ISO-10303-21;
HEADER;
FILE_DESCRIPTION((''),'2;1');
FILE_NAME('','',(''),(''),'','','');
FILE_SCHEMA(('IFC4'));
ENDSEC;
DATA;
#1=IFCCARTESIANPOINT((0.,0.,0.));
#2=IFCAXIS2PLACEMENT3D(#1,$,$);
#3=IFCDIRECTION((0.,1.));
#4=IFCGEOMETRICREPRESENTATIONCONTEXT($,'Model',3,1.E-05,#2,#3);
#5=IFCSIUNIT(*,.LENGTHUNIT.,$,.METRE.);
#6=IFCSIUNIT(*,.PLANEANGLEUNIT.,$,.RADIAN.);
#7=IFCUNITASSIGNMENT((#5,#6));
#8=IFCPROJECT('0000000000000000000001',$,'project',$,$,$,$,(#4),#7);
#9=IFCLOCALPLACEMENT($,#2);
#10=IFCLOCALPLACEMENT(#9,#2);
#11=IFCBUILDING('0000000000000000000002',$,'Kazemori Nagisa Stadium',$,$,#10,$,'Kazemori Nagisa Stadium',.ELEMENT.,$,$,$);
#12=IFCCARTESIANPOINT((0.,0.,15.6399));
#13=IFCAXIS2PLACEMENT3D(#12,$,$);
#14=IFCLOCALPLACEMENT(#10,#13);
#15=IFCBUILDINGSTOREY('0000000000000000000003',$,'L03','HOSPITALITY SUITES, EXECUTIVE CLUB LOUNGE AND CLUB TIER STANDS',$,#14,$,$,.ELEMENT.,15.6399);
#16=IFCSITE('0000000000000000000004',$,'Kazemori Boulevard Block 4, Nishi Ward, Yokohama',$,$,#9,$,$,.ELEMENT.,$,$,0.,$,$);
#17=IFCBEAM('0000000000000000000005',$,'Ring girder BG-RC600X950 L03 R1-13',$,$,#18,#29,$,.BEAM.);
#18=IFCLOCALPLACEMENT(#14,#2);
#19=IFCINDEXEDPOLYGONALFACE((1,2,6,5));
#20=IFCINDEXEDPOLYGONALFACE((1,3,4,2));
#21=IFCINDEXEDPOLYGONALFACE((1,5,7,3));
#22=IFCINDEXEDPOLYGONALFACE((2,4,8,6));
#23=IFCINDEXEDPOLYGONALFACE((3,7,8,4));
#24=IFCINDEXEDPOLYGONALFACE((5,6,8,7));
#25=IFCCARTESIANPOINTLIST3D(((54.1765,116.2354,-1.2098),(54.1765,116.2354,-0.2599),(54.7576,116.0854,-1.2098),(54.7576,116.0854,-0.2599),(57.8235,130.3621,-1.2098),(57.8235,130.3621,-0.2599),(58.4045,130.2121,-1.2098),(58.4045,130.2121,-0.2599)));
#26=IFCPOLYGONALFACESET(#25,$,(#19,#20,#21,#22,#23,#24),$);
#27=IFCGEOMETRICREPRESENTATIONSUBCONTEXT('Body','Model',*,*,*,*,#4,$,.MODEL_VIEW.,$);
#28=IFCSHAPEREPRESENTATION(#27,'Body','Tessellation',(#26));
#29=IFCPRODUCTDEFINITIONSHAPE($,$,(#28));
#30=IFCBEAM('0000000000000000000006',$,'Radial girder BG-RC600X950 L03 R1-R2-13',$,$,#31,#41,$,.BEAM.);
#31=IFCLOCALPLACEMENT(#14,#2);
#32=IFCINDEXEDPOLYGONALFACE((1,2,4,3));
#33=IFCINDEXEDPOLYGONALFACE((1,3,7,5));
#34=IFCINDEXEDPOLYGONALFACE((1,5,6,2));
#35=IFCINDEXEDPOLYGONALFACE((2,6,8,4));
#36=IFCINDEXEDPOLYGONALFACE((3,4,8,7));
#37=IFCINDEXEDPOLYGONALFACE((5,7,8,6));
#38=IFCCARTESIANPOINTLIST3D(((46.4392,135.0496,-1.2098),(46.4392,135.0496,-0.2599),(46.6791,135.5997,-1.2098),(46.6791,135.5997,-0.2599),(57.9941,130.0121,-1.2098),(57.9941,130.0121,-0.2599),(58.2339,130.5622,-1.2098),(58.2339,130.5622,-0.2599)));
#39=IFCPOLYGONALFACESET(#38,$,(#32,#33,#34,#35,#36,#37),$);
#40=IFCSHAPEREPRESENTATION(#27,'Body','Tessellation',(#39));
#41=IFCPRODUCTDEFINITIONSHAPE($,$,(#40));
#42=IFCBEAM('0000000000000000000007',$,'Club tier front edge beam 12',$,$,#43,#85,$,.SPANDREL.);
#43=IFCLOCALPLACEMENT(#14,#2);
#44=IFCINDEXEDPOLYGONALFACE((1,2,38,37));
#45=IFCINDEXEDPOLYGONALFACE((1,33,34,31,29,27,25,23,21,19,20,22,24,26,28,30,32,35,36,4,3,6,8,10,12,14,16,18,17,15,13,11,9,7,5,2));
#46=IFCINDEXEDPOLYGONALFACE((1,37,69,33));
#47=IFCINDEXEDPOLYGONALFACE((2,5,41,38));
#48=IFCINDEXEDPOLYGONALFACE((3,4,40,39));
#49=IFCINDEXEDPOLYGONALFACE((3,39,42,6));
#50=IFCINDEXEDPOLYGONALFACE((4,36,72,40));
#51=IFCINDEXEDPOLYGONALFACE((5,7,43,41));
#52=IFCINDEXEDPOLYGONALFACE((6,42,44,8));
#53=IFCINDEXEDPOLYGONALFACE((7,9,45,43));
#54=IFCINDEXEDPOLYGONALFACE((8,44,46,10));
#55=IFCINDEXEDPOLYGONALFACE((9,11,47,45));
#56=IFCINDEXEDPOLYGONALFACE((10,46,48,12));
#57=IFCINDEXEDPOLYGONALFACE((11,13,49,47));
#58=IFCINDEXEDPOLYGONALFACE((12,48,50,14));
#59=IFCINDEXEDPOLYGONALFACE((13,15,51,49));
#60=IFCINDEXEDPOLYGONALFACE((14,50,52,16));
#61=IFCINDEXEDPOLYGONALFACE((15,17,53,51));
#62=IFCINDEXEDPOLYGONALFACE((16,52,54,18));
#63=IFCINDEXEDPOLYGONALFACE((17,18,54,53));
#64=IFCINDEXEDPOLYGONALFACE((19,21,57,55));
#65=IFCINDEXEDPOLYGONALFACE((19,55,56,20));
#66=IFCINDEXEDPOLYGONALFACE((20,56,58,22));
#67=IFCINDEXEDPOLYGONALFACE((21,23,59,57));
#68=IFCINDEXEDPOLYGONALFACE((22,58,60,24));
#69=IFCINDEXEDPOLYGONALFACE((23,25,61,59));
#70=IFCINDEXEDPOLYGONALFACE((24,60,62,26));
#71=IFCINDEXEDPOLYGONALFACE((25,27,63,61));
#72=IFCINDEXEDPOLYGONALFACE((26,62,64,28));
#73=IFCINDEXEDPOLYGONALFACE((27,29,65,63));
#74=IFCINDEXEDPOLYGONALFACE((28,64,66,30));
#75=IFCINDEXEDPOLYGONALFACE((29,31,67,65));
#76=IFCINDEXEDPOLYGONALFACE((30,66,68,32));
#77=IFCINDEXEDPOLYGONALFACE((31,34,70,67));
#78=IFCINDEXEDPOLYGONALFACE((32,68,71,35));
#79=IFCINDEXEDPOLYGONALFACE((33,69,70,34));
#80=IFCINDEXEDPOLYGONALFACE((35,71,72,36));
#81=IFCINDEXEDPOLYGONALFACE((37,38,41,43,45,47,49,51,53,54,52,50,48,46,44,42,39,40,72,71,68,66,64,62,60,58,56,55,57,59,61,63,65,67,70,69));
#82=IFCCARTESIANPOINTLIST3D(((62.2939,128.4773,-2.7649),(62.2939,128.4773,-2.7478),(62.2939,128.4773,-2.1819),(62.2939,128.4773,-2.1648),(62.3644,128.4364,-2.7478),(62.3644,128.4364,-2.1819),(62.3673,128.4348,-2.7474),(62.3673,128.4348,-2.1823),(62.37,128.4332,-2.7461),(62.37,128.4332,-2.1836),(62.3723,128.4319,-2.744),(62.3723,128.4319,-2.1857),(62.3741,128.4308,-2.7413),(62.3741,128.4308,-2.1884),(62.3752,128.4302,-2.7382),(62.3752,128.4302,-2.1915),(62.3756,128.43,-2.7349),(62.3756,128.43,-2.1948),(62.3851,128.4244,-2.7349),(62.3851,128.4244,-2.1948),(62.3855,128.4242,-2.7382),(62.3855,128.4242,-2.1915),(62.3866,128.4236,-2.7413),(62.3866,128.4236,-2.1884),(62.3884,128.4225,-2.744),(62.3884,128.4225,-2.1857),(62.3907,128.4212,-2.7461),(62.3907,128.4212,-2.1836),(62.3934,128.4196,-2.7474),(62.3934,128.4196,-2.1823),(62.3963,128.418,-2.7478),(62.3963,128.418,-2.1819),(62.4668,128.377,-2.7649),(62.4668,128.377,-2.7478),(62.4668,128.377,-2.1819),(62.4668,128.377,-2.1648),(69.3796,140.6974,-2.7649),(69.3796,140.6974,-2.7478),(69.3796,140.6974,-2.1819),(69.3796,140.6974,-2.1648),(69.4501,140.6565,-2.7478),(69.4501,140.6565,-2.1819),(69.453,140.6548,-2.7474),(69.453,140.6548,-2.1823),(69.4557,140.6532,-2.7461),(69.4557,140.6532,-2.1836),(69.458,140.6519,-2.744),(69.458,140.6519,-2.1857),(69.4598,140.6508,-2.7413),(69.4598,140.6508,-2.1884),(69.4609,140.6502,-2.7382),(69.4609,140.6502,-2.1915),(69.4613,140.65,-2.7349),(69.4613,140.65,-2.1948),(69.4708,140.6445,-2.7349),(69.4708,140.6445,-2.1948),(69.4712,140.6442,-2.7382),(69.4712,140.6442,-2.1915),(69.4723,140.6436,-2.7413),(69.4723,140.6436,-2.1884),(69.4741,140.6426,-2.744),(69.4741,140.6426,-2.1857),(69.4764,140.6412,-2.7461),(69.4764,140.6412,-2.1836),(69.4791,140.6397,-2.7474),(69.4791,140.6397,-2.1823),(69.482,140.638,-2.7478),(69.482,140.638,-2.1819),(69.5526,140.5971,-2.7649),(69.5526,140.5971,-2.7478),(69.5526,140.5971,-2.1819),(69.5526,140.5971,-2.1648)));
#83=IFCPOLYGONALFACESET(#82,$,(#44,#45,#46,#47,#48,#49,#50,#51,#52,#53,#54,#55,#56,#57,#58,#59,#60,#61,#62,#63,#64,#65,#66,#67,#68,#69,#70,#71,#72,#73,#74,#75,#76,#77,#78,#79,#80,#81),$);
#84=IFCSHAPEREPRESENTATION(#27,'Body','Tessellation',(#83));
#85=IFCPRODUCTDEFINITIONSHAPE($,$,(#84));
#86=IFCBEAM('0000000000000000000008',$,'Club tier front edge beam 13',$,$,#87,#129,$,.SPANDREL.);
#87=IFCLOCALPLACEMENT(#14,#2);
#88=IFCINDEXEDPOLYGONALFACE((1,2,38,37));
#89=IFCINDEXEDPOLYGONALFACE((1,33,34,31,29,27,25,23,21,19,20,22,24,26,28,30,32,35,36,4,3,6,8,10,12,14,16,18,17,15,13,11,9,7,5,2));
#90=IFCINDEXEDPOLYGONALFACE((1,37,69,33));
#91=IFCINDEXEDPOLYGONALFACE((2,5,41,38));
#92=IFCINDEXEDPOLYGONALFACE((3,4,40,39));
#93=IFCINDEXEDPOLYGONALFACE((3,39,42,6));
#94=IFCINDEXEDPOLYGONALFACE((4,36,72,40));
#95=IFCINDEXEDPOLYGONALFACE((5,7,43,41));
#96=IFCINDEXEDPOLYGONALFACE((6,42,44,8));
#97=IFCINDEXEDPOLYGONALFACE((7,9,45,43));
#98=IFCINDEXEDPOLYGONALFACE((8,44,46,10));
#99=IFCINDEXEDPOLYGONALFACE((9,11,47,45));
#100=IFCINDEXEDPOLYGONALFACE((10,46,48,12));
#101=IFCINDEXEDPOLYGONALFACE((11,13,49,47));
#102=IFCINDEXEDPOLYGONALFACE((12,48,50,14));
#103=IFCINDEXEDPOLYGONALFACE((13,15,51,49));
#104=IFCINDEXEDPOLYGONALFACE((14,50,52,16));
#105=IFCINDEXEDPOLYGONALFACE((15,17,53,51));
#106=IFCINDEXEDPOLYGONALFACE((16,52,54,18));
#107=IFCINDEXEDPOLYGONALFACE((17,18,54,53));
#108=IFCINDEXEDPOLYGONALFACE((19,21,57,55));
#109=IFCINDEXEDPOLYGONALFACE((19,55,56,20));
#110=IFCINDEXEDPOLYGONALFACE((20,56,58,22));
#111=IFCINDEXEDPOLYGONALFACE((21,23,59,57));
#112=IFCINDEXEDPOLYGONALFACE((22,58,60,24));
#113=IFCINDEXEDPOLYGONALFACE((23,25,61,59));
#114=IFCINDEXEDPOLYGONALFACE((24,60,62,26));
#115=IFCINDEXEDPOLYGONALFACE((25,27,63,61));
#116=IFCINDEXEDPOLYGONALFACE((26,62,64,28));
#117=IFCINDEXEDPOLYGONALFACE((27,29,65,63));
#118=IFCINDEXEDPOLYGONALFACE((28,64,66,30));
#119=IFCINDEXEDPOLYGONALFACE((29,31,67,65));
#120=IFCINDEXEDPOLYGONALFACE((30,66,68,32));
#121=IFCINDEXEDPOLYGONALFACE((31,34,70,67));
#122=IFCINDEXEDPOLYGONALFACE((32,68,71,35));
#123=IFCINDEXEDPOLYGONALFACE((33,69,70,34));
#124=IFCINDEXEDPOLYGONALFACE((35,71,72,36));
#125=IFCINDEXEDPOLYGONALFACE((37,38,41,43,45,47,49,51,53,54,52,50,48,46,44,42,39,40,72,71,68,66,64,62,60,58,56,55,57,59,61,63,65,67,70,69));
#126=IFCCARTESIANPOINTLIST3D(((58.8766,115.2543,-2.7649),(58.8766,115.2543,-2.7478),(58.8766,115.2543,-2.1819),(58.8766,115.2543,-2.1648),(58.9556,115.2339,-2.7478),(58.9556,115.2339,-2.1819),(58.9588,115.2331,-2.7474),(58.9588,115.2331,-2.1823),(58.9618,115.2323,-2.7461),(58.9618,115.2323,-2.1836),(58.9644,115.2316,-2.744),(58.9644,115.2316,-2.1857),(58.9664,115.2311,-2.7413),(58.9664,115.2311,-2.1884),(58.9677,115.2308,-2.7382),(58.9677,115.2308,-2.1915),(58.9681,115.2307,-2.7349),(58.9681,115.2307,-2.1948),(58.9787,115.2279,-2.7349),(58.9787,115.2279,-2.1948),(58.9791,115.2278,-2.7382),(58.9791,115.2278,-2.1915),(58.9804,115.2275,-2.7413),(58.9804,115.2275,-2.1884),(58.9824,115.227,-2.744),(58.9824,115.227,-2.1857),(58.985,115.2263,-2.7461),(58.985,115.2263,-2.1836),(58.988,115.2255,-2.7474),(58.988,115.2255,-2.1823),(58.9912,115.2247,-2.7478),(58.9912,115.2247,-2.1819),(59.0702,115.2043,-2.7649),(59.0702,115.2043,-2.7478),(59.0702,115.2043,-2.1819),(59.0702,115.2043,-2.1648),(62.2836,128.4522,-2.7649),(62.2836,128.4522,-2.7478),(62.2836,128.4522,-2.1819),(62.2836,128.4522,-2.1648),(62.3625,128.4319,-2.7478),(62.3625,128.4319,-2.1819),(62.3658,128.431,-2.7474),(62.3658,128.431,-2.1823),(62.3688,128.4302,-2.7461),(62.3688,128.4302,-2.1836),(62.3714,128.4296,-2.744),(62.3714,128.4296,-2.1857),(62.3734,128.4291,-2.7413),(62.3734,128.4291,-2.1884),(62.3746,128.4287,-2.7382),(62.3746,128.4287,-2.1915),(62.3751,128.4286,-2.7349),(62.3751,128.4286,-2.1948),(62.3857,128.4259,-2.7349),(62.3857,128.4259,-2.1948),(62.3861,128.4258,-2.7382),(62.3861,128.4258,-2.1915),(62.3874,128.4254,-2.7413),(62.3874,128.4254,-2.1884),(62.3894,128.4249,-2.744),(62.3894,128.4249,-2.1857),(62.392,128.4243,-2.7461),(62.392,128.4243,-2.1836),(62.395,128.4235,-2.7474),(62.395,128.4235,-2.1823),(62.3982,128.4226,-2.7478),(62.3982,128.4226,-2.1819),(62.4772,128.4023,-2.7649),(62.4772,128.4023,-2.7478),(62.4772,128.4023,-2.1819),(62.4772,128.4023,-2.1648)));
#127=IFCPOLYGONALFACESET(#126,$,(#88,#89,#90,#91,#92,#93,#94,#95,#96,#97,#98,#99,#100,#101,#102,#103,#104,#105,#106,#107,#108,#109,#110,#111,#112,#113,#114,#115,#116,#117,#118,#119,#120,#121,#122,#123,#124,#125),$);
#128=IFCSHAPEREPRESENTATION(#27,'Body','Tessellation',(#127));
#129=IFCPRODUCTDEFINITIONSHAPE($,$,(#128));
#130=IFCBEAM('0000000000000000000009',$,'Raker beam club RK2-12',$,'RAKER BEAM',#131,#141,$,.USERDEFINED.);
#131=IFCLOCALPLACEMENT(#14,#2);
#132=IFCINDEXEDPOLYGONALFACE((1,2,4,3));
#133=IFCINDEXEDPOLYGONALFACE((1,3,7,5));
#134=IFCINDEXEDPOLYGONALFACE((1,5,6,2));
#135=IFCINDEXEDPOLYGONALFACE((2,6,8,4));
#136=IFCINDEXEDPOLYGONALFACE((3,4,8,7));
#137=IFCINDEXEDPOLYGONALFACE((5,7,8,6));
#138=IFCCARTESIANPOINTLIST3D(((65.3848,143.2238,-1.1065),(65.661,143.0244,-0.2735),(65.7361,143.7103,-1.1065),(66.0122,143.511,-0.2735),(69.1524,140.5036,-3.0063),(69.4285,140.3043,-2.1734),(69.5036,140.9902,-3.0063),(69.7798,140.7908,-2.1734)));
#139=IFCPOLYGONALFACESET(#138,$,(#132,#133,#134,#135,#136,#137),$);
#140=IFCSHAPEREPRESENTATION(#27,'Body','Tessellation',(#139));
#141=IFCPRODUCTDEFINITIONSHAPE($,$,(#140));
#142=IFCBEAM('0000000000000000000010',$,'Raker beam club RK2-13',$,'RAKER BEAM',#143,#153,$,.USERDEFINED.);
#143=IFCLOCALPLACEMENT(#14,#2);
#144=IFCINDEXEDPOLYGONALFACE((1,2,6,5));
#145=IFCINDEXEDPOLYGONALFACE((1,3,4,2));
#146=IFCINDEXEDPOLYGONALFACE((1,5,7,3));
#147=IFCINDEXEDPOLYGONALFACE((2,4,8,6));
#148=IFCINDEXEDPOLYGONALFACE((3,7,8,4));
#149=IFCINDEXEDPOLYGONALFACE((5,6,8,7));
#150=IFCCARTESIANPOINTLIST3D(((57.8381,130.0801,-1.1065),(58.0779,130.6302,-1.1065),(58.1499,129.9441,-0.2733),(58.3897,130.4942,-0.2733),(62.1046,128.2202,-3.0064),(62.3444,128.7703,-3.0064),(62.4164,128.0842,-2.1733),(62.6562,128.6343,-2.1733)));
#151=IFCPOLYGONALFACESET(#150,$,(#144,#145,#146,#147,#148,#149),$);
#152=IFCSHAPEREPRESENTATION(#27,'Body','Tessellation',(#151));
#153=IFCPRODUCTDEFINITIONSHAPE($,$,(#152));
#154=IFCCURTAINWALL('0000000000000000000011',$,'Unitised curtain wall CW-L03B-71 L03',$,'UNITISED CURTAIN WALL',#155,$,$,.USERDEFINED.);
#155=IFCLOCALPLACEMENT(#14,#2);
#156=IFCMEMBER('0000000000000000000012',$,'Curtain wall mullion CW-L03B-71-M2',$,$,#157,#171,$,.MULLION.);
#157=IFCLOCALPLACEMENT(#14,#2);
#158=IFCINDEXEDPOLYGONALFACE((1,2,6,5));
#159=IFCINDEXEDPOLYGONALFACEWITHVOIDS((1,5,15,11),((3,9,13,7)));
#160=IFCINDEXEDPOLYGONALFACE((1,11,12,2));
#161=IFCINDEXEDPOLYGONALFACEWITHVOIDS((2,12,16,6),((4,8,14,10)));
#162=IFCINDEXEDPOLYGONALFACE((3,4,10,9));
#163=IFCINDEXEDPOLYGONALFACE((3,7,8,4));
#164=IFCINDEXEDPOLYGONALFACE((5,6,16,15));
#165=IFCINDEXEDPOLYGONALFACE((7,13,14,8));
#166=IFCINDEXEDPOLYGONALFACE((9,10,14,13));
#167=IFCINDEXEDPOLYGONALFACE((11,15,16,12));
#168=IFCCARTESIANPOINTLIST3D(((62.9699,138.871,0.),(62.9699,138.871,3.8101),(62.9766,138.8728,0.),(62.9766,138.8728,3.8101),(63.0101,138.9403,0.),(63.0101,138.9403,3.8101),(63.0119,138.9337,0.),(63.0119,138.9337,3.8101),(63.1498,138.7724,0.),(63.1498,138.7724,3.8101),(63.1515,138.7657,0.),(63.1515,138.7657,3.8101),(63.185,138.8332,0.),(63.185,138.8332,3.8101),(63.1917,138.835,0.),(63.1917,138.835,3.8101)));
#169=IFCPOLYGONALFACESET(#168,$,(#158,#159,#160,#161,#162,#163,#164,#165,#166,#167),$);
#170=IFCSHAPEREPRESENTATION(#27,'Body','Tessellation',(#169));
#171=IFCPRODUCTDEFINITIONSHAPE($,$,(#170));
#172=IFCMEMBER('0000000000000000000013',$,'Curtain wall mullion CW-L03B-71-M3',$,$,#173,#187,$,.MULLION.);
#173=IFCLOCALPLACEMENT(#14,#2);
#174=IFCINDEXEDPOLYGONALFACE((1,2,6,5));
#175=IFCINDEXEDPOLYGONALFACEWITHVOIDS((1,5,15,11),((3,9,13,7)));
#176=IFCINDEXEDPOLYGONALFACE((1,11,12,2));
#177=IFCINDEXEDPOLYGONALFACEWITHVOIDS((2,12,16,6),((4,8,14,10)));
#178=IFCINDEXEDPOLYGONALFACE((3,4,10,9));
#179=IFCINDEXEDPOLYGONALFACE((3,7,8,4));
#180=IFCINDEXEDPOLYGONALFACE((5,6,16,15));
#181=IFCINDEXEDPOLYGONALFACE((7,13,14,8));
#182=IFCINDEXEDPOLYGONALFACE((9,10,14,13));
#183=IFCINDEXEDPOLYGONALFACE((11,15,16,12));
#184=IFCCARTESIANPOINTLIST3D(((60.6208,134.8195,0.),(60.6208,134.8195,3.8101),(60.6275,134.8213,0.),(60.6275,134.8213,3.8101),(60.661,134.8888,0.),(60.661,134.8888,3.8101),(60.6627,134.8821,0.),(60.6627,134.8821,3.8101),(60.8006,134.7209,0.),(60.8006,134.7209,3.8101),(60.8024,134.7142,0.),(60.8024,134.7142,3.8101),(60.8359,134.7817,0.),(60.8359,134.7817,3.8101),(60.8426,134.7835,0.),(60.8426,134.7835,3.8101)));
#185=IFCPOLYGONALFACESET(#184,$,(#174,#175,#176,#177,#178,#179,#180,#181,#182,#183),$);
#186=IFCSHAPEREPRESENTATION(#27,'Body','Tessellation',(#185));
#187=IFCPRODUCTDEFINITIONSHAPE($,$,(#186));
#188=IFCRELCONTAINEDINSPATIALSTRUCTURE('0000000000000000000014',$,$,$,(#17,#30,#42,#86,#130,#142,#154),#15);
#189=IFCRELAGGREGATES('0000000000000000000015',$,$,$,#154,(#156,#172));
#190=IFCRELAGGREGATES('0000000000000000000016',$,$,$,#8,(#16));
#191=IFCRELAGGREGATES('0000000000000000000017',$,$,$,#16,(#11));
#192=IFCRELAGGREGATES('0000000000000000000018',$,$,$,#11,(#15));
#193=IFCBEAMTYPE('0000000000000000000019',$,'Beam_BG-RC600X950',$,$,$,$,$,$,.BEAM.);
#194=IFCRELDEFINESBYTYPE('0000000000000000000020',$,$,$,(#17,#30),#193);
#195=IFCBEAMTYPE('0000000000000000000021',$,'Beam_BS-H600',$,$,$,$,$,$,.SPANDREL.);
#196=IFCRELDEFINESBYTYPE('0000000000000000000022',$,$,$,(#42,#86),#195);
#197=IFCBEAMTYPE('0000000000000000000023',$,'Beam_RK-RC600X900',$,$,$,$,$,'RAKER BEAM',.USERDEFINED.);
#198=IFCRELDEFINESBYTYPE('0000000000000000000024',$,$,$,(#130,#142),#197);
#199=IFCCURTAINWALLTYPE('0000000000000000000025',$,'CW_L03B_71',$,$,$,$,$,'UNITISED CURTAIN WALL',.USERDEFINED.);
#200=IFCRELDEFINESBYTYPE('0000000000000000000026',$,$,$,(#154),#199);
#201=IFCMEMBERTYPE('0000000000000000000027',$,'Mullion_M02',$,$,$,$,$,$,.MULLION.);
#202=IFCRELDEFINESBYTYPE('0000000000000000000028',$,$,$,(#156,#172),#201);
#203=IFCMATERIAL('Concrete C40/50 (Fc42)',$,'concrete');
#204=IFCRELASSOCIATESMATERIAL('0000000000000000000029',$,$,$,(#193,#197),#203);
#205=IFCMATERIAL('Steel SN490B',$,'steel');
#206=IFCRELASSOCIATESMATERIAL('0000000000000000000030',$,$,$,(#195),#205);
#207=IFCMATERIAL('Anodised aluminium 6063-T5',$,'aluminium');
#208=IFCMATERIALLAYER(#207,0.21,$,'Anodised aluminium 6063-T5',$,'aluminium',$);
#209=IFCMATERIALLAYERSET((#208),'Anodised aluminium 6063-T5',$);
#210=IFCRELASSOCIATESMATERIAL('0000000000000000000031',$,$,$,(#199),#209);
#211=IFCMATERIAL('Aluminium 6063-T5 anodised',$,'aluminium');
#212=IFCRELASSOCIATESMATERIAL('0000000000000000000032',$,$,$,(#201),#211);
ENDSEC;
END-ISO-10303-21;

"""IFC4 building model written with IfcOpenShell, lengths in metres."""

from ifc_helpers import new_model, si_unit, direction, frame, origin, origin_2d, place, context, subcontext, project, spatial, rectangle, hollow_rectangle, i_section, extrude, material, layer, layer_set, material_profile, profile_set, type_object, element, aggregate, save


model = new_model("IFC4")

# Units and contexts
model_context = context("Model", 3, precision=1e-05, world=origin(), true_north=direction((0.0, 1.0)))
body_context = subcontext(model_context, "Body", "Model", "MODEL_VIEW")
ifc_project = project(units=[si_unit("LENGTHUNIT", "METRE"), si_unit("PLANEANGLEUNIT", "RADIAN")], contexts=[model_context])

# Site, building, storey
site_placement = place(None, origin())
site = spatial("IfcSite", under=ifc_project, at=site_placement, Name="Kazemori Boulevard Block 4, Nishi Ward, Yokohama", CompositionType="ELEMENT", RefElevation=0.0)
building_placement = place(site_placement, origin())
building = spatial("IfcBuilding", under=site, at=building_placement, Name="Kazemori Nagisa Stadium", LongName="Kazemori Nagisa Stadium", CompositionType="ELEMENT")
storey_placement = place(building_placement, frame((0.0, 0.0, 15.6399)))
storey = spatial("IfcBuildingStorey", under=building, at=storey_placement, Name="L03", Description="HOSPITALITY SUITES, EXECUTIVE CLUB LOUNGE AND CLUB TIER STANDS", CompositionType="ELEMENT", Elevation=15.6399)

# Shared definitions
ifc_material_1 = material(Name="Concrete C40/50 (Fc42)", Category="concrete")

# Beams
ifc_material_profile_1 = material_profile(ifc_material_1, rectangle(XDim=0.6001, YDim=0.95, at=origin_2d()), Name="RC-BM-600x950")
ifc_profile_set_1 = profile_set([ifc_material_profile_1], Name="Concrete C40/50 (Fc42)")
beam_type_1 = type_object("IfcBeamType", Name="Beam_BG-RC600X950", PredefinedType="BEAM", material=ifc_profile_set_1)
beam_1_placement = place(storey_placement, frame((58.114, 130.2871, -0.7349), z_axis=(-0.249966, -0.968255, 0.0), x_axis=(0.968255, -0.249966, 0.0)))
element("IfcBeam", 1, at=beam_1_placement, inside=storey, type_object=beam_type_1, Name="Ring girder BG-RC600X950 L03 R1-13", PredefinedType="BEAM", context=body_context, shape_type="SweptSolid", body=[
    extrude(rectangle(XDim=0.6001, YDim=0.95, at=origin_2d()), origin(), (0.0, 0.0, 1.0), 14.5898),
])
beam_2_placement = place(storey_placement, frame((58.114, 130.2871, -0.7349), z_axis=(-0.916672, 0.399641, 0.0), x_axis=(-0.399641, -0.916672, 0.0)))
element("IfcBeam", 2, at=beam_2_placement, inside=storey, type_object=beam_type_1, Name="Radial girder BG-RC600X950 L03 R1-R2-13", PredefinedType="BEAM", context=body_context, shape_type="SweptSolid", body=[
    extrude(rectangle(XDim=0.6001, YDim=0.95, at=origin_2d()), origin(), (0.0, 0.0, 1.0), 12.6052),
])
ifc_material_2 = material(Name="Steel SN490B", Category="steel")
ifc_material_profile_2 = material_profile(ifc_material_2, i_section(OverallWidth=0.2, OverallDepth=0.6001, WebThickness=0.011, FlangeThickness=0.0171, FilletRadius=0.0129, at=origin_2d()), Name="H-600x200x11x17")
ifc_profile_set_2 = profile_set([ifc_material_profile_2], Name="Steel SN490B")
beam_type_2 = type_object("IfcBeamType", Name="Beam_BS-H600", PredefinedType="SPANDREL", material=ifc_profile_set_2)
beam_3_placement = place(storey_placement, frame((69.4661, 140.6472, -2.4648), z_axis=(-0.501618, -0.865089, 0.0), x_axis=(0.865089, -0.501618, 0.0)))
element("IfcBeam", 3, at=beam_3_placement, inside=storey, type_object=beam_type_2, Name="Club tier front edge beam 12", PredefinedType="SPANDREL", context=body_context, shape_type="SweptSolid", body=[
    extrude(i_section(OverallWidth=0.2, OverallDepth=0.6001, WebThickness=0.011, FlangeThickness=0.0171, FilletRadius=0.0129, at=origin_2d()), origin(), (0.0, 0.0, 1.0), 14.1257),
])
beam_4_placement = place(storey_placement, frame((62.3804, 128.4272, -2.4648), z_axis=(-0.24995, -0.968259, 0.0), x_axis=(0.968259, -0.24995, 0.0)))
element("IfcBeam", 4, at=beam_4_placement, inside=storey, type_object=beam_type_2, Name="Club tier front edge beam 13", PredefinedType="SPANDREL", context=body_context, shape_type="SweptSolid", body=[
    extrude(i_section(OverallWidth=0.2, OverallDepth=0.6001, WebThickness=0.011, FlangeThickness=0.0171, FilletRadius=0.0129, at=origin_2d()), origin(), (0.0, 0.0, 1.0), 13.6306),
])
ifc_material_profile_3 = material_profile(ifc_material_1, rectangle(XDim=0.6001, YDim=0.8999, at=origin_2d()), Name="RC-RK-600x900")
ifc_profile_set_3 = profile_set([ifc_material_profile_3], Name="Concrete C40/50 (Fc42)")
beam_type_3 = type_object("IfcBeamType", Name="Beam_RK-RC600X900", ElementType="RAKER BEAM", PredefinedType="USERDEFINED", material=ifc_profile_set_3)
beam_5_placement = place(storey_placement, frame((69.4661, 140.6472, -2.5898), z_axis=(-0.750462, 0.541838, 0.378441), x_axis=(-0.585375, -0.810762, 0.0)))
element("IfcBeam", 5, at=beam_5_placement, inside=storey, type_object=beam_type_3, Name="Raker beam club RK2-12", ObjectType="RAKER BEAM", PredefinedType="USERDEFINED", context=body_context, shape_type="SweptSolid", body=[
    extrude(rectangle(XDim=0.6001, YDim=0.8999, at=origin_2d()), origin(), (0.0, 0.0, 1.0), 5.0203),
])
beam_6_placement = place(storey_placement, frame((62.3804, 128.4272, -2.5898), z_axis=(-0.848692, 0.369976, 0.377941), x_axis=(-0.399616, -0.916683, 0.0)))
element("IfcBeam", 6, at=beam_6_placement, inside=storey, type_object=beam_type_3, Name="Raker beam club RK2-13", ObjectType="RAKER BEAM", PredefinedType="USERDEFINED", context=body_context, shape_type="SweptSolid", body=[
    extrude(rectangle(XDim=0.6001, YDim=0.8999, at=origin_2d()), origin(), (0.0, 0.0, 1.0), 5.0271),
])

# Curtain wall, members
ifc_material_3 = material(Name="Anodised aluminium 6063-T5", Category="aluminium")
ifc_layer_1 = layer(ifc_material_3, 0.21, Name="Anodised aluminium 6063-T5", Category="aluminium")
ifc_layer_set_1 = layer_set([ifc_layer_1], Name="Anodised aluminium 6063-T5")
curtain_wall_type_1 = type_object("IfcCurtainWallType", Name="CW_L03B_71", ElementType="UNITISED CURTAIN WALL", PredefinedType="USERDEFINED", material=ifc_layer_set_1)
curtain_wall_1_placement = place(storey_placement, origin())
curtain_wall_1 = element("IfcCurtainWall", 7, at=curtain_wall_1_placement, inside=storey, type_object=curtain_wall_type_1, Name="Unitised curtain wall CW-L03B-71 L03", ObjectType="UNITISED CURTAIN WALL", PredefinedType="USERDEFINED")
ifc_material_4 = material(Name="Aluminium 6063-T5 anodised", Category="aluminium")
ifc_material_profile_4 = material_profile(ifc_material_4, hollow_rectangle(XDim=0.0801, YDim=0.21, WallThickness=0.0049, at=origin_2d()), Name="ALU-MULL-80x210x5")
ifc_profile_set_4 = profile_set([ifc_material_profile_4], Name="Aluminium 6063-T5 anodised")
member_type_1 = type_object("IfcMemberType", Name="Mullion_M02", PredefinedType="MULLION", material=ifc_profile_set_4)
member_1_placement = place(storey_placement, frame((63.0808, 138.853, 0.0), z_axis=(0.0, 0.0, 1.0), x_axis=(-0.501612, -0.865093, 0.0)))
member_1 = element("IfcMember", 8, at=member_1_placement, type_object=member_type_1, Name="Curtain wall mullion CW-L03B-71-M2", PredefinedType="MULLION", context=body_context, shape_type="SweptSolid", body=[
    extrude(hollow_rectangle(XDim=0.0801, YDim=0.21, WallThickness=0.0049, at=origin_2d()), origin(), (0.0, 0.0, 1.0), 3.8101),
])
member_2_placement = place(storey_placement, frame((60.7317, 134.8015, 0.0), z_axis=(0.0, 0.0, 1.0), x_axis=(-0.501612, -0.865093, 0.0)))
member_2 = element("IfcMember", 9, at=member_2_placement, type_object=member_type_1, Name="Curtain wall mullion CW-L03B-71-M3", PredefinedType="MULLION", context=body_context, shape_type="SweptSolid", body=[
    extrude(hollow_rectangle(XDim=0.0801, YDim=0.21, WallThickness=0.0049, at=origin_2d()), origin(), (0.0, 0.0, 1.0), 3.8101),
])

aggregate(curtain_wall_1, [member_1, member_2])

save(model, "model.ifc")
